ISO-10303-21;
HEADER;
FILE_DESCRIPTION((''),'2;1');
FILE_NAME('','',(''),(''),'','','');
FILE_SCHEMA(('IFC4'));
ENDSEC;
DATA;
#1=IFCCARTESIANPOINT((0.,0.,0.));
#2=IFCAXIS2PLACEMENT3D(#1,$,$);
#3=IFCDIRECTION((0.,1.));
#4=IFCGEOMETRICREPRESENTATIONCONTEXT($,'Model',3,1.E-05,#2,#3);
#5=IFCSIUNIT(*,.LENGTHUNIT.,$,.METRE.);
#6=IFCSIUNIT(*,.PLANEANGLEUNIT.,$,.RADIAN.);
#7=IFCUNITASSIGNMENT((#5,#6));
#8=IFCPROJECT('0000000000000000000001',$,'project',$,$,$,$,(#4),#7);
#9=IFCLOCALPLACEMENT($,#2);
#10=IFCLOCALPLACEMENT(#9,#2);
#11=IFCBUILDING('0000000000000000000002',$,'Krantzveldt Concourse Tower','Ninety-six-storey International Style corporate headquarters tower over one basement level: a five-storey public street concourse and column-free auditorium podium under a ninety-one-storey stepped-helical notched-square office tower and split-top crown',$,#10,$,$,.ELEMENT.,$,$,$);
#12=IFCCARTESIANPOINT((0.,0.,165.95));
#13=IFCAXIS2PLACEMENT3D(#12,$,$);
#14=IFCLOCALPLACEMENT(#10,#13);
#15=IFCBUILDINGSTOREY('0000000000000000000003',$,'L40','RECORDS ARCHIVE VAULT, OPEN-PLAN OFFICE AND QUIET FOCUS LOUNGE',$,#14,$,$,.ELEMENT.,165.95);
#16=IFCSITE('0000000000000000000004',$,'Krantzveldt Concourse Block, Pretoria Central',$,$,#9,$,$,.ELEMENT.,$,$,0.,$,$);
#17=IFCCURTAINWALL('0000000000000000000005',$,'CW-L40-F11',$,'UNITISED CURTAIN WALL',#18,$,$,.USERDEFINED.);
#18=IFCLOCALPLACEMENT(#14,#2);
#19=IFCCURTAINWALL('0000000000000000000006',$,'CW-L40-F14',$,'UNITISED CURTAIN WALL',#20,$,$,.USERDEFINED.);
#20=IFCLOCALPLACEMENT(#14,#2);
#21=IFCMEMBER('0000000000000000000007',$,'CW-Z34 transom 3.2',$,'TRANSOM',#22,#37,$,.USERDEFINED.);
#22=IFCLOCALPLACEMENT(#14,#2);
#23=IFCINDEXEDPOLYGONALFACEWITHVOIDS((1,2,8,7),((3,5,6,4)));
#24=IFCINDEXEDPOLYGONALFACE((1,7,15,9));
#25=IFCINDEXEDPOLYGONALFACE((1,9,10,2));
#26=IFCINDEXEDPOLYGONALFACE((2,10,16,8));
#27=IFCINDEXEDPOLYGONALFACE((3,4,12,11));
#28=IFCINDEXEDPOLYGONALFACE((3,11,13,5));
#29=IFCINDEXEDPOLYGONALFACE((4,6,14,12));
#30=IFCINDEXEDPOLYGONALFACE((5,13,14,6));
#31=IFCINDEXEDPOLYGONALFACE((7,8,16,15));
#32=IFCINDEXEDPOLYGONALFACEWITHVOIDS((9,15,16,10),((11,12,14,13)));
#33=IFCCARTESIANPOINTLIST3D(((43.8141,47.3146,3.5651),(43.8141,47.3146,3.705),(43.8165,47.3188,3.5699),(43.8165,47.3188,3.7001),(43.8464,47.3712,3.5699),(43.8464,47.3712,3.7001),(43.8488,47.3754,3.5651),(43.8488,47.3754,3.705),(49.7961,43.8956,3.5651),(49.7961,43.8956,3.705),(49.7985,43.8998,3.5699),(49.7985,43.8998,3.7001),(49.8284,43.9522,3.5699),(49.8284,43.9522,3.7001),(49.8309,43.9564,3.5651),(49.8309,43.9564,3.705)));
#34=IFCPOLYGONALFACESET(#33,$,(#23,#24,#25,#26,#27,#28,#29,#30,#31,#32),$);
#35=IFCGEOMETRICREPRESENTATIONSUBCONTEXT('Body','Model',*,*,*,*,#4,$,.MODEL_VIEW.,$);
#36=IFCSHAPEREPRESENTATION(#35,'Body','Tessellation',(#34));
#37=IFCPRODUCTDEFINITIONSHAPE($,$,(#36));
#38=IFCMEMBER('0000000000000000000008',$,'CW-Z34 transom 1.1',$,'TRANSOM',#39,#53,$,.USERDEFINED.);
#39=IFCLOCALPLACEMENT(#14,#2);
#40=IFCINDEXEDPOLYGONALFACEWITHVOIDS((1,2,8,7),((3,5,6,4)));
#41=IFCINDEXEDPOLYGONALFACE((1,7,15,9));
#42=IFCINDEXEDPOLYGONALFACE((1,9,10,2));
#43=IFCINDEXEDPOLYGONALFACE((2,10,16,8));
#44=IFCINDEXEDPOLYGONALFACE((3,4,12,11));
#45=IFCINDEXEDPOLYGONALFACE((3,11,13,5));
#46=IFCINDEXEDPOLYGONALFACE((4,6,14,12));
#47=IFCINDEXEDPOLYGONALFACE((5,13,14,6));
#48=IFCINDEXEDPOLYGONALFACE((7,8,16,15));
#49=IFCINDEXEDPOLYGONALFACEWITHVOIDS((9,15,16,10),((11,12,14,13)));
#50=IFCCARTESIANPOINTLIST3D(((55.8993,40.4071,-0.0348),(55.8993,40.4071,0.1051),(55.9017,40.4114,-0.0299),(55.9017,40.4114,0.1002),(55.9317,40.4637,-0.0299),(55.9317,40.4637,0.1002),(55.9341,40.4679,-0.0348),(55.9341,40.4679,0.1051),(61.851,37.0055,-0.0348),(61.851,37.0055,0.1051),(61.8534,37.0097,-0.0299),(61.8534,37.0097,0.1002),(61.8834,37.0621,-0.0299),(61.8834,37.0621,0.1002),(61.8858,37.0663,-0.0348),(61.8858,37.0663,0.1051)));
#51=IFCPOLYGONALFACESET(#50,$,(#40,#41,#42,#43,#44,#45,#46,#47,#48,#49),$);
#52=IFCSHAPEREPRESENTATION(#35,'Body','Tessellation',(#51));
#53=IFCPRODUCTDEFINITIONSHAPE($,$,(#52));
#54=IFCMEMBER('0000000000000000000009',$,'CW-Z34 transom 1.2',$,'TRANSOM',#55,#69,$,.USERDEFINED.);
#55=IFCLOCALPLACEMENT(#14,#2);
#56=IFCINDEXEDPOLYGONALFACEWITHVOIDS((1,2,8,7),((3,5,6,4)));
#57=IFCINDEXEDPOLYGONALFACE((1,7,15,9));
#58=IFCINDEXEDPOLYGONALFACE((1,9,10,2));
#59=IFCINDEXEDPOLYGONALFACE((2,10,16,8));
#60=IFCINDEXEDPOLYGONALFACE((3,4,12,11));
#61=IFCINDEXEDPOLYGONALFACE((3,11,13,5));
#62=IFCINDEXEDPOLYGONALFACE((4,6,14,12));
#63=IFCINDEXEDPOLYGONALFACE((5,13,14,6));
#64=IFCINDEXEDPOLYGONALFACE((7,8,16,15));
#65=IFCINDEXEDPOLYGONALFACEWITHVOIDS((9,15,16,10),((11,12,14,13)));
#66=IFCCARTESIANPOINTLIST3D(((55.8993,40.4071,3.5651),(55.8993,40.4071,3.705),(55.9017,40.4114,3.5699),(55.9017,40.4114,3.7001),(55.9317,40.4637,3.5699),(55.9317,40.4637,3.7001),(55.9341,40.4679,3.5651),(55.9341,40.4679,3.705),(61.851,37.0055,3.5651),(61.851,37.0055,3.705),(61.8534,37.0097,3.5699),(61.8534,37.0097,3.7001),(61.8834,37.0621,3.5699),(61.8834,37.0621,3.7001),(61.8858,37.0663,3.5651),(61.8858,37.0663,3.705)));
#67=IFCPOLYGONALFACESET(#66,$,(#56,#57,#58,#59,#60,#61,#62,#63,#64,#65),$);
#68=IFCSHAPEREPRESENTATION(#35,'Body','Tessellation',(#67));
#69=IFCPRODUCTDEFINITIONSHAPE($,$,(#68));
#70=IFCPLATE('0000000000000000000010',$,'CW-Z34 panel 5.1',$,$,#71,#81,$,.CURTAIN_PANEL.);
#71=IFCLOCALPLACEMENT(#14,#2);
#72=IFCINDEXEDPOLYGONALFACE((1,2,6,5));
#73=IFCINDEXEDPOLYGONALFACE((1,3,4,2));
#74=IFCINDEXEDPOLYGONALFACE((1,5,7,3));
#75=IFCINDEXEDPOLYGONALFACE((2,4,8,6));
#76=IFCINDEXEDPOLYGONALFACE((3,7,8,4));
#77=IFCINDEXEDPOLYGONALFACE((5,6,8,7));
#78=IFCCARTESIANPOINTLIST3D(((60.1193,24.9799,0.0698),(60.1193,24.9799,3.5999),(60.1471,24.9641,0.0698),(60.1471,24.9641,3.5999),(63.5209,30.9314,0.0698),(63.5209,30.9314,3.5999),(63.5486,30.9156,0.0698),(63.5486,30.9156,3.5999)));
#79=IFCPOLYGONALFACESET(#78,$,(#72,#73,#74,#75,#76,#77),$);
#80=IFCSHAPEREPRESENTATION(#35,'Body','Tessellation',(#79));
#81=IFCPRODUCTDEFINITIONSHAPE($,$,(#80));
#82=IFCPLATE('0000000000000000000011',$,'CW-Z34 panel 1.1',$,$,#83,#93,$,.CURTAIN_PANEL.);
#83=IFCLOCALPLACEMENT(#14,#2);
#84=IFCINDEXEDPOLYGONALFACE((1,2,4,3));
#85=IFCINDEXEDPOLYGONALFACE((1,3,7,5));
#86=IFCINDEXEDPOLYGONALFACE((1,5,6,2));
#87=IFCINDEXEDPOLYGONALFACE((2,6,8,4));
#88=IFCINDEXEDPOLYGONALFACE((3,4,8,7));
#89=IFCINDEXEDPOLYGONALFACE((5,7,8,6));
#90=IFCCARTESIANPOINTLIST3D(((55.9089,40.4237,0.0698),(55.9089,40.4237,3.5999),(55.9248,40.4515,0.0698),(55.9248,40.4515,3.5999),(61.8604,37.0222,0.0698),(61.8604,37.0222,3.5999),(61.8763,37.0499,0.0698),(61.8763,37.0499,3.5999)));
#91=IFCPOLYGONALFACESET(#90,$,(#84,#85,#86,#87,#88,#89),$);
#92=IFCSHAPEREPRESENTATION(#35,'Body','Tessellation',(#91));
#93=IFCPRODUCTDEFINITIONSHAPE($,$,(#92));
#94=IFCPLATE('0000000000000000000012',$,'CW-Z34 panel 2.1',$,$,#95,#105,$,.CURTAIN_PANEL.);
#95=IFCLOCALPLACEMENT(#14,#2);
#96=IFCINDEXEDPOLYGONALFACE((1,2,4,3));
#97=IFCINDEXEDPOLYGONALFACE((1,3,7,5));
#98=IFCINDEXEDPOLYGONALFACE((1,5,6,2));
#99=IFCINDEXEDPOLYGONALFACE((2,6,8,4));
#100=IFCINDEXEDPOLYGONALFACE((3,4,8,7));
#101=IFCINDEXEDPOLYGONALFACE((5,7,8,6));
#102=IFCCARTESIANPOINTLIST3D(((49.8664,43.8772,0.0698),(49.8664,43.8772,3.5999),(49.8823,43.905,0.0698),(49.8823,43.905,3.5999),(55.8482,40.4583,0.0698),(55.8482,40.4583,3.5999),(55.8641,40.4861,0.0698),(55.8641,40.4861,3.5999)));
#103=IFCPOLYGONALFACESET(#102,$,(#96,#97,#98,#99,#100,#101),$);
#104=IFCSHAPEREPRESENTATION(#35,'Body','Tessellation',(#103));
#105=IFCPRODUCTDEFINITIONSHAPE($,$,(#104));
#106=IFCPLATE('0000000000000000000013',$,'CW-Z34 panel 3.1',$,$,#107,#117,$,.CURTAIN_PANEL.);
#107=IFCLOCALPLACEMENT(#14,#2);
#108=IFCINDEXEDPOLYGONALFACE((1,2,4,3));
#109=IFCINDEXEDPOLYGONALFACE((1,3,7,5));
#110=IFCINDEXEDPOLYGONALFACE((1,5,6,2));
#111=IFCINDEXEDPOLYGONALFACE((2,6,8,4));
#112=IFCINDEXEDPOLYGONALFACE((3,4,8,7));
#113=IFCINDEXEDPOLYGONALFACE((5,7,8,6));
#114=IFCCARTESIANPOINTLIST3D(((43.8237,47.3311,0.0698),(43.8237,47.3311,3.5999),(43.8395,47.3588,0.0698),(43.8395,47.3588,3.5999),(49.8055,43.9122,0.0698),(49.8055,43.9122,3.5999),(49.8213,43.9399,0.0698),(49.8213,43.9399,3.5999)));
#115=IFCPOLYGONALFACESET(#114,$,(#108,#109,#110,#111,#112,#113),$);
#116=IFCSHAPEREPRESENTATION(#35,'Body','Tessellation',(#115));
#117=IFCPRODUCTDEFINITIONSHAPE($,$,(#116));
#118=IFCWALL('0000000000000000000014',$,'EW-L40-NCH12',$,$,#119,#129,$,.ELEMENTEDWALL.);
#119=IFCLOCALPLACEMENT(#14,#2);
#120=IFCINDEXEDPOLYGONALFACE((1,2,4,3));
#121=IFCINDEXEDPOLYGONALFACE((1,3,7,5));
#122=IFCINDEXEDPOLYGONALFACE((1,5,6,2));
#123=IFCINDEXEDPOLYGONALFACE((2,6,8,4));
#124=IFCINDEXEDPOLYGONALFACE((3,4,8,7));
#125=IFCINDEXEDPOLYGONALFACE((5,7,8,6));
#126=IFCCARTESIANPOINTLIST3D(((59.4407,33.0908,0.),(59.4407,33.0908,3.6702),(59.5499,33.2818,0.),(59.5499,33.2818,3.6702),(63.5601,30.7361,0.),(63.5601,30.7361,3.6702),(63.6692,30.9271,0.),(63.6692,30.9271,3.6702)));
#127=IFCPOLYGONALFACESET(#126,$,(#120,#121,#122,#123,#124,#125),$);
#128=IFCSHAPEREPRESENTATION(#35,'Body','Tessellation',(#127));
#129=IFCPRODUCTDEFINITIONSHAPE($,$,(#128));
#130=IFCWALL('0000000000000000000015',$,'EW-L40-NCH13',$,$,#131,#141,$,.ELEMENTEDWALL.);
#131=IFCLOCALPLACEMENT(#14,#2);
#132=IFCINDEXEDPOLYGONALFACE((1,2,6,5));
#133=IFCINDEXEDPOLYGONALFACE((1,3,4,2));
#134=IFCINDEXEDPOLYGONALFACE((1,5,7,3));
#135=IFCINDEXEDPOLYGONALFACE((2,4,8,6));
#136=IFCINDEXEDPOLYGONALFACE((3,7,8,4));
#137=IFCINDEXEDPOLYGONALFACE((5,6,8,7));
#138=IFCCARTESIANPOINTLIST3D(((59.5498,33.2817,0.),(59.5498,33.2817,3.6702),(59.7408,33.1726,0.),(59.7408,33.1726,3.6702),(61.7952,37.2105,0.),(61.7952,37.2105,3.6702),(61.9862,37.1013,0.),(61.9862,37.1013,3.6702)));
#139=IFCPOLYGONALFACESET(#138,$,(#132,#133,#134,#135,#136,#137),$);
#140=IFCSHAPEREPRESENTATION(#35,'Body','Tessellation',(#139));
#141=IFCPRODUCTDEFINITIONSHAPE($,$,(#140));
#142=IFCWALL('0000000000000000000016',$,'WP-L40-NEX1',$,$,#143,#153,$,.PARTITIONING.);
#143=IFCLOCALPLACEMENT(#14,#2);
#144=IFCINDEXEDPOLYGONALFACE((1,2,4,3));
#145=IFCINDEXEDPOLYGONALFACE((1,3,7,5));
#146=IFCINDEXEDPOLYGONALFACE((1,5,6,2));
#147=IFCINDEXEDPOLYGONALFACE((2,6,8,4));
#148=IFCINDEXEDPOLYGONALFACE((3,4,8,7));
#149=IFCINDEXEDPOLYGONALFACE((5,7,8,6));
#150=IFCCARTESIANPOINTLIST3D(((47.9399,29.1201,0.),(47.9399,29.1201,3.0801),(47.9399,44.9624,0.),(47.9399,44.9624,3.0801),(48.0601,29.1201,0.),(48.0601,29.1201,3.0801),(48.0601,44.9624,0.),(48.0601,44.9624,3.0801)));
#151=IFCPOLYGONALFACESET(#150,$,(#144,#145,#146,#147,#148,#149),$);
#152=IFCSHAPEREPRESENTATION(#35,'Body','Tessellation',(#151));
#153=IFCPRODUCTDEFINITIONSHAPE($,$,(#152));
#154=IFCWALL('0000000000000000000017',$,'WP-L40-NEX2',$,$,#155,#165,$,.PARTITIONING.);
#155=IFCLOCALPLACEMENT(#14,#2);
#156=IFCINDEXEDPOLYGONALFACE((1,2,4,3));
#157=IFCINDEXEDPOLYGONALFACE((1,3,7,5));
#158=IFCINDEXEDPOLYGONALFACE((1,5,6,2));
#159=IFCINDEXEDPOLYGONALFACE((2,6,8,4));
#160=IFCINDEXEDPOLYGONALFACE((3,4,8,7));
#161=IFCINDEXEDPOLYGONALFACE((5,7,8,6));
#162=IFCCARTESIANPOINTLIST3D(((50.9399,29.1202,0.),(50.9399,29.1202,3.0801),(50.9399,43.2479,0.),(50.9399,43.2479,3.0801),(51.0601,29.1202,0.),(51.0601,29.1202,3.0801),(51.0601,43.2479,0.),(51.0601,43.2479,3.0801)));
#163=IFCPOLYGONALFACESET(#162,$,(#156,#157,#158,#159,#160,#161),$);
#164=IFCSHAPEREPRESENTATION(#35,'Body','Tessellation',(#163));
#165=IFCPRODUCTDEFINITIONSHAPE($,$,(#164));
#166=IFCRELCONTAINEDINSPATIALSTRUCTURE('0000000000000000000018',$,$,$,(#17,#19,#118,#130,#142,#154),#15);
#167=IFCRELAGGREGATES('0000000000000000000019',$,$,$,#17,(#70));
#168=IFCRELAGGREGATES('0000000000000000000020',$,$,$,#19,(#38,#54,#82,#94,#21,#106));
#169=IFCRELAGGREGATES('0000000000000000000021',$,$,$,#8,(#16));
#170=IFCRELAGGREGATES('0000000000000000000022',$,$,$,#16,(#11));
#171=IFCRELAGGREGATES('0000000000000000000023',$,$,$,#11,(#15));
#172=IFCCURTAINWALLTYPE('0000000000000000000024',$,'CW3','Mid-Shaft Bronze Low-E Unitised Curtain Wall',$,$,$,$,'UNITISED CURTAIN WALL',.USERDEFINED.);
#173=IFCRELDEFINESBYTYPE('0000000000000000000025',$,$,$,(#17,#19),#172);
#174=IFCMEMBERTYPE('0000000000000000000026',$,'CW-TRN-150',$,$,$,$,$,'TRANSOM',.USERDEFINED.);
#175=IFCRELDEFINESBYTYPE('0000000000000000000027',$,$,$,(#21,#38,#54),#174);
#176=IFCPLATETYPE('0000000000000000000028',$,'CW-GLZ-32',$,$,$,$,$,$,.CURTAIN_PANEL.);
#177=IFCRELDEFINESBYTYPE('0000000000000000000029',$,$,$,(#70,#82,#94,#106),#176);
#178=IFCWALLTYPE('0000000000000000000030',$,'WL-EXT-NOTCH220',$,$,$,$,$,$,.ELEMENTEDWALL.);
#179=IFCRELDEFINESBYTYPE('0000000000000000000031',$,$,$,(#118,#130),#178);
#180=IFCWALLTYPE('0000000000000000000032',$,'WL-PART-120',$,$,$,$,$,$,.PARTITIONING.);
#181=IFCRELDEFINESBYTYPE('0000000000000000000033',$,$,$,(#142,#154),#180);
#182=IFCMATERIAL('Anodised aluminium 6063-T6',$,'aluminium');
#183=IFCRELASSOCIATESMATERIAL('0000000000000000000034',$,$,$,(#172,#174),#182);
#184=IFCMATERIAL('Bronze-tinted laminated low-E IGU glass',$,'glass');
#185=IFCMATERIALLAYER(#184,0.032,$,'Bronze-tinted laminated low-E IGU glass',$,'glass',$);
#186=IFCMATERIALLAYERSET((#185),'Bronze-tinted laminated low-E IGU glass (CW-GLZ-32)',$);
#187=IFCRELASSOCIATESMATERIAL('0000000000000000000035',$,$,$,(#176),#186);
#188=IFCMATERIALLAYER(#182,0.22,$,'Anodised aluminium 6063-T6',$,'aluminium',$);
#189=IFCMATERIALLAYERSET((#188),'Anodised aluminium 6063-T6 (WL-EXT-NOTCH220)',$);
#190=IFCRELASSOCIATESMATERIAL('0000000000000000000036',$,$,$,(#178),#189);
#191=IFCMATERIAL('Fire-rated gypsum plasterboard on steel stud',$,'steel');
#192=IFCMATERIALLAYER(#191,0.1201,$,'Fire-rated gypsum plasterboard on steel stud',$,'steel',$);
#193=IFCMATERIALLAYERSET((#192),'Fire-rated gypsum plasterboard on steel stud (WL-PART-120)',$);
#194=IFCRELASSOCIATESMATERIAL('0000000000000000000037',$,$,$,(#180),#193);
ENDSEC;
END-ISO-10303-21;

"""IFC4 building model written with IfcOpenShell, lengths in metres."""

from ifc_helpers import new_model, si_unit, direction, frame, frame_2d, origin, origin_2d, place, context, subcontext, project, spatial, rectangle, hollow_rectangle, extrude, source, transform, mapped, material, layer, layer_set, material_profile, profile_set, type_object, type_shapes, element, aggregate, save


model = new_model("IFC4")

# Units and contexts
model_context = context("Model", 3, precision=1e-05, world=origin(), true_north=direction((0.0, 1.0)))
body_context = subcontext(model_context, "Body", "Model", "MODEL_VIEW")
ifc_project = project(units=[si_unit("LENGTHUNIT", "METRE"), si_unit("PLANEANGLEUNIT", "RADIAN")], contexts=[model_context])

# Site, building, storey
site_placement = place(None, origin())
site = spatial("IfcSite", under=ifc_project, at=site_placement, Name="Krantzveldt Concourse Block, Pretoria Central", CompositionType="ELEMENT", RefElevation=0.0)
building_placement = place(site_placement, origin())
building = spatial("IfcBuilding", under=site, at=building_placement, Name="Krantzveldt Concourse Tower", Description="Ninety-six-storey International Style corporate headquarters tower over one basement level: a five-storey public street concourse and column-free auditorium podium under a ninety-one-storey stepped-helical notched-square office tower and split-top crown", CompositionType="ELEMENT")
storey_placement = place(building_placement, frame((0.0, 0.0, 165.95)))
storey = spatial("IfcBuildingStorey", under=building, at=storey_placement, Name="L40", Description="RECORDS ARCHIVE VAULT, OPEN-PLAN OFFICE AND QUIET FOCUS LOUNGE", CompositionType="ELEMENT", Elevation=165.95)

# Curtain walls
ifc_material_1 = material(Name="Anodised aluminium 6063-T6", Category="aluminium")
curtain_wall_type = type_object("IfcCurtainWallType", Name="CW3", Description="Mid-Shaft Bronze Low-E Unitised Curtain Wall", ElementType="UNITISED CURTAIN WALL", PredefinedType="USERDEFINED", material=ifc_material_1)
curtain_wall_1_placement = place(storey_placement, origin())
curtain_wall_1 = element("IfcCurtainWall", 1, at=curtain_wall_1_placement, inside=storey, type_object=curtain_wall_type, Name="CW-L40-F11", ObjectType="UNITISED CURTAIN WALL", PredefinedType="USERDEFINED")
curtain_wall_2_placement = place(storey_placement, origin())
curtain_wall_2 = element("IfcCurtainWall", 2, at=curtain_wall_2_placement, inside=storey, type_object=curtain_wall_type, Name="CW-L40-F14", ObjectType="UNITISED CURTAIN WALL", PredefinedType="USERDEFINED")

# Members
ifc_material_profile_1 = material_profile(ifc_material_1, hollow_rectangle(XDim=0.0701, YDim=0.1399, WallThickness=0.0049, at=origin_2d()), Name="Anodised aluminium 6063-T6", Category="aluminium")
ifc_profile_set_1 = profile_set([ifc_material_profile_1], Name="Anodised aluminium 6063-T6 - ALU-TRAN 140x70x5")
member_type_1 = type_object("IfcMemberType", Name="CW-TRN-150", ElementType="TRANSOM", PredefinedType="USERDEFINED", material=ifc_profile_set_1)
shared_shape_1 = source(origin(), body_context, "Body", "SweptSolid", [
    extrude(hollow_rectangle(XDim=0.0701, YDim=0.1399, WallThickness=0.0049, at=origin_2d()), origin(), (0.0, 0.0, 1.0), 6.8901),
])
member_1_placement = place(storey_placement, frame((49.8135, 43.926, 3.635), z_axis=(-0.8682, 0.496215, 0.0), x_axis=(-0.496215, -0.8682, 0.0)))
member_1 = element("IfcMember", 3, at=member_1_placement, type_object=member_type_1, Name="CW-Z34 transom 3.2", ObjectType="TRANSOM", PredefinedType="USERDEFINED", context=body_context, shape_type="MappedRepresentation", body=[
    mapped(shared_shape_1, transform((0.0, 0.0, 0.0), x_axis=(1.0, 0.0, 0.0), y_axis=(0.0, 1.0, 0.0), z_axis=(0.0, 0.0, 1.0), scale=1.0)),
])
shared_shape_2 = source(origin(), body_context, "Body", "SweptSolid", [
    extrude(hollow_rectangle(XDim=0.0701, YDim=0.1399, WallThickness=0.0049, at=origin_2d()), origin(), (0.0, 0.0, 1.0), 6.8552),
])
member_2_placement = place(storey_placement, frame((61.8684, 37.0359, 0.0352), z_axis=(-0.868201, 0.496212, 0.0), x_axis=(-0.496212, -0.868201, 0.0)))
member_2 = element("IfcMember", 4, at=member_2_placement, type_object=member_type_1, Name="CW-Z34 transom 1.1", ObjectType="TRANSOM", PredefinedType="USERDEFINED", context=body_context, shape_type="MappedRepresentation", body=[
    mapped(shared_shape_2, transform((0.0, 0.0, 0.0), x_axis=(1.0, 0.0, 0.0), y_axis=(0.0, 1.0, 0.0), z_axis=(0.0, 0.0, 1.0), scale=1.0)),
])
member_3_placement = place(storey_placement, frame((61.8684, 37.0359, 3.635), z_axis=(-0.868201, 0.496212, 0.0), x_axis=(-0.496212, -0.868201, 0.0)))
member_3 = element("IfcMember", 5, at=member_3_placement, type_object=member_type_1, Name="CW-Z34 transom 1.2", ObjectType="TRANSOM", PredefinedType="USERDEFINED", context=body_context, shape_type="MappedRepresentation", body=[
    mapped(shared_shape_2, transform((0.0, 0.0, 0.0), x_axis=(1.0, 0.0, 0.0), y_axis=(0.0, 1.0, 0.0), z_axis=(0.0, 0.0, 1.0), scale=1.0)),
])

# Plates
ifc_material_2 = material(Name="Bronze-tinted laminated low-E IGU glass", Category="glass")
ifc_layer_1 = layer(ifc_material_2, 0.032, Name="Bronze-tinted laminated low-E IGU glass", Category="glass")
ifc_layer_set_1 = layer_set([ifc_layer_1], Name="Bronze-tinted laminated low-E IGU glass (CW-GLZ-32)")
plate_type = type_object("IfcPlateType", Name="CW-GLZ-32", PredefinedType="CURTAIN_PANEL", material=ifc_layer_set_1)
shared_shape_3 = source(origin(), body_context, "Body", "SweptSolid", [
    extrude(rectangle(XDim=6.855, YDim=0.032, at=origin_2d()), origin(), (0.0, 0.0, 1.0), 3.53),
])
plate_1_placement = place(storey_placement, frame((61.834, 27.9478, 0.0698), z_axis=(0.0, 0.0, 1.0), x_axis=(0.496216, 0.868199, 0.0)))
plate_1 = element("IfcPlate", 6, at=plate_1_placement, type_object=plate_type, Name="CW-Z34 panel 5.1", PredefinedType="CURTAIN_PANEL", context=body_context, shape_type="MappedRepresentation", body=[
    mapped(shared_shape_3, transform((0.0, 0.0, 0.0), x_axis=(1.0, 0.0, 0.0), y_axis=(0.0, 1.0, 0.0), z_axis=(0.0, 0.0, 1.0), scale=1.0)),
])
aggregate(curtain_wall_1, [plate_1])
plate_2_placement = place(storey_placement, frame((58.8926, 38.7368, 0.0698), z_axis=(0.0, 0.0, 1.0), x_axis=(-0.868199, 0.496216, 0.0)))
plate_2 = element("IfcPlate", 7, at=plate_2_placement, type_object=plate_type, Name="CW-Z34 panel 1.1", PredefinedType="CURTAIN_PANEL", context=body_context, shape_type="MappedRepresentation", body=[
    mapped(shared_shape_3, transform((0.0, 0.0, 0.0), x_axis=(1.0, 0.0, 0.0), y_axis=(0.0, 1.0, 0.0), z_axis=(0.0, 0.0, 1.0), scale=1.0)),
])
shared_shape_4 = source(origin(), body_context, "Body", "SweptSolid", [
    extrude(rectangle(XDim=6.8899, YDim=0.032, at=origin_2d()), origin(), (0.0, 0.0, 1.0), 3.53),
])
type_shapes(plate_type, [shared_shape_3, shared_shape_4])
plate_3_placement = place(storey_placement, frame((52.8652, 42.1816, 0.0698), z_axis=(0.0, 0.0, 1.0), x_axis=(-0.868199, 0.496216, 0.0)))
plate_3 = element("IfcPlate", 8, at=plate_3_placement, type_object=plate_type, Name="CW-Z34 panel 2.1", PredefinedType="CURTAIN_PANEL", context=body_context, shape_type="MappedRepresentation", body=[
    mapped(shared_shape_4, transform((0.0, 0.0, 0.0), x_axis=(1.0, 0.0, 0.0), y_axis=(0.0, 1.0, 0.0), z_axis=(0.0, 0.0, 1.0), scale=1.0)),
])
plate_4_placement = place(storey_placement, frame((46.8225, 45.6355, 0.0698), z_axis=(0.0, 0.0, 1.0), x_axis=(-0.868199, 0.496216, 0.0)))
plate_4 = element("IfcPlate", 9, at=plate_4_placement, type_object=plate_type, Name="CW-Z34 panel 3.1", PredefinedType="CURTAIN_PANEL", context=body_context, shape_type="MappedRepresentation", body=[
    mapped(shared_shape_4, transform((0.0, 0.0, 0.0), x_axis=(1.0, 0.0, 0.0), y_axis=(0.0, 1.0, 0.0), z_axis=(0.0, 0.0, 1.0), scale=1.0)),
])
aggregate(curtain_wall_2, [member_2, member_3, plate_2, plate_3, member_1, plate_4])

# Walls
ifc_layer_2 = layer(ifc_material_1, 0.22, Name="Anodised aluminium 6063-T6", Category="aluminium")
ifc_layer_set_2 = layer_set([ifc_layer_2], Name="Anodised aluminium 6063-T6 (WL-EXT-NOTCH220)")
wall_type_1 = type_object("IfcWallType", Name="WL-EXT-NOTCH220", PredefinedType="ELEMENTEDWALL", material=ifc_layer_set_2)
wall_1_placement = place(storey_placement, frame((63.6147, 30.8315, 0.0), z_axis=(0.0, 0.0, 1.0), x_axis=(-0.86817, 0.496266, 0.0)))
element("IfcWall", 10, at=wall_1_placement, inside=storey, type_object=wall_type_1, Name="EW-L40-NCH12", PredefinedType="ELEMENTEDWALL", context=body_context, shape_type="SweptSolid", body=[
    extrude(rectangle(XDim=4.7449, YDim=0.22, at=frame_2d((2.3726, 0.0))), origin(), (0.0, 0.0, 1.0), 3.6702),
])
wall_2_placement = place(storey_placement, frame((59.6453, 33.2271, 0.0), z_axis=(0.0, 0.0, 1.0), x_axis=(0.496203, 0.868207, 0.0)))
element("IfcWall", 11, at=wall_2_placement, inside=storey, type_object=wall_type_1, Name="EW-L40-NCH13", PredefinedType="ELEMENTEDWALL", context=body_context, shape_type="SweptSolid", body=[
    extrude(rectangle(XDim=4.5251, YDim=0.22, at=frame_2d((2.2627, 0.0))), origin(), (0.0, 0.0, 1.0), 3.6702),
])
ifc_material_3 = material(Name="Fire-rated gypsum plasterboard on steel stud", Category="steel")
ifc_layer_3 = layer(ifc_material_3, 0.1201, Name="Fire-rated gypsum plasterboard on steel stud", Category="steel")
ifc_layer_set_3 = layer_set([ifc_layer_3], Name="Fire-rated gypsum plasterboard on steel stud (WL-PART-120)")
wall_type_2 = type_object("IfcWallType", Name="WL-PART-120", PredefinedType="PARTITIONING", material=ifc_layer_set_3)
wall_3_placement = place(storey_placement, frame((48.0, 29.1201, 0.0), z_axis=(0.0, 0.0, 1.0), x_axis=(0.0, 1.0, 0.0)))
element("IfcWall", 12, at=wall_3_placement, inside=storey, type_object=wall_type_2, Name="WP-L40-NEX1", PredefinedType="PARTITIONING", context=body_context, shape_type="SweptSolid", body=[
    extrude(rectangle(XDim=15.8423, YDim=0.1201, at=frame_2d((7.9211, 0.0))), origin(), (0.0, 0.0, 1.0), 3.0801),
])
wall_4_placement = place(storey_placement, frame((51.0, 29.1201, 0.0), z_axis=(0.0, 0.0, 1.0), x_axis=(0.0, 1.0, 0.0)))
element("IfcWall", 13, at=wall_4_placement, inside=storey, type_object=wall_type_2, Name="WP-L40-NEX2", PredefinedType="PARTITIONING", context=body_context, shape_type="SweptSolid", body=[
    extrude(rectangle(XDim=14.1277, YDim=0.1201, at=frame_2d((7.064, 0.0))), origin(), (0.0, 0.0, 1.0), 3.0801),
])

save(model, "model.ifc")
